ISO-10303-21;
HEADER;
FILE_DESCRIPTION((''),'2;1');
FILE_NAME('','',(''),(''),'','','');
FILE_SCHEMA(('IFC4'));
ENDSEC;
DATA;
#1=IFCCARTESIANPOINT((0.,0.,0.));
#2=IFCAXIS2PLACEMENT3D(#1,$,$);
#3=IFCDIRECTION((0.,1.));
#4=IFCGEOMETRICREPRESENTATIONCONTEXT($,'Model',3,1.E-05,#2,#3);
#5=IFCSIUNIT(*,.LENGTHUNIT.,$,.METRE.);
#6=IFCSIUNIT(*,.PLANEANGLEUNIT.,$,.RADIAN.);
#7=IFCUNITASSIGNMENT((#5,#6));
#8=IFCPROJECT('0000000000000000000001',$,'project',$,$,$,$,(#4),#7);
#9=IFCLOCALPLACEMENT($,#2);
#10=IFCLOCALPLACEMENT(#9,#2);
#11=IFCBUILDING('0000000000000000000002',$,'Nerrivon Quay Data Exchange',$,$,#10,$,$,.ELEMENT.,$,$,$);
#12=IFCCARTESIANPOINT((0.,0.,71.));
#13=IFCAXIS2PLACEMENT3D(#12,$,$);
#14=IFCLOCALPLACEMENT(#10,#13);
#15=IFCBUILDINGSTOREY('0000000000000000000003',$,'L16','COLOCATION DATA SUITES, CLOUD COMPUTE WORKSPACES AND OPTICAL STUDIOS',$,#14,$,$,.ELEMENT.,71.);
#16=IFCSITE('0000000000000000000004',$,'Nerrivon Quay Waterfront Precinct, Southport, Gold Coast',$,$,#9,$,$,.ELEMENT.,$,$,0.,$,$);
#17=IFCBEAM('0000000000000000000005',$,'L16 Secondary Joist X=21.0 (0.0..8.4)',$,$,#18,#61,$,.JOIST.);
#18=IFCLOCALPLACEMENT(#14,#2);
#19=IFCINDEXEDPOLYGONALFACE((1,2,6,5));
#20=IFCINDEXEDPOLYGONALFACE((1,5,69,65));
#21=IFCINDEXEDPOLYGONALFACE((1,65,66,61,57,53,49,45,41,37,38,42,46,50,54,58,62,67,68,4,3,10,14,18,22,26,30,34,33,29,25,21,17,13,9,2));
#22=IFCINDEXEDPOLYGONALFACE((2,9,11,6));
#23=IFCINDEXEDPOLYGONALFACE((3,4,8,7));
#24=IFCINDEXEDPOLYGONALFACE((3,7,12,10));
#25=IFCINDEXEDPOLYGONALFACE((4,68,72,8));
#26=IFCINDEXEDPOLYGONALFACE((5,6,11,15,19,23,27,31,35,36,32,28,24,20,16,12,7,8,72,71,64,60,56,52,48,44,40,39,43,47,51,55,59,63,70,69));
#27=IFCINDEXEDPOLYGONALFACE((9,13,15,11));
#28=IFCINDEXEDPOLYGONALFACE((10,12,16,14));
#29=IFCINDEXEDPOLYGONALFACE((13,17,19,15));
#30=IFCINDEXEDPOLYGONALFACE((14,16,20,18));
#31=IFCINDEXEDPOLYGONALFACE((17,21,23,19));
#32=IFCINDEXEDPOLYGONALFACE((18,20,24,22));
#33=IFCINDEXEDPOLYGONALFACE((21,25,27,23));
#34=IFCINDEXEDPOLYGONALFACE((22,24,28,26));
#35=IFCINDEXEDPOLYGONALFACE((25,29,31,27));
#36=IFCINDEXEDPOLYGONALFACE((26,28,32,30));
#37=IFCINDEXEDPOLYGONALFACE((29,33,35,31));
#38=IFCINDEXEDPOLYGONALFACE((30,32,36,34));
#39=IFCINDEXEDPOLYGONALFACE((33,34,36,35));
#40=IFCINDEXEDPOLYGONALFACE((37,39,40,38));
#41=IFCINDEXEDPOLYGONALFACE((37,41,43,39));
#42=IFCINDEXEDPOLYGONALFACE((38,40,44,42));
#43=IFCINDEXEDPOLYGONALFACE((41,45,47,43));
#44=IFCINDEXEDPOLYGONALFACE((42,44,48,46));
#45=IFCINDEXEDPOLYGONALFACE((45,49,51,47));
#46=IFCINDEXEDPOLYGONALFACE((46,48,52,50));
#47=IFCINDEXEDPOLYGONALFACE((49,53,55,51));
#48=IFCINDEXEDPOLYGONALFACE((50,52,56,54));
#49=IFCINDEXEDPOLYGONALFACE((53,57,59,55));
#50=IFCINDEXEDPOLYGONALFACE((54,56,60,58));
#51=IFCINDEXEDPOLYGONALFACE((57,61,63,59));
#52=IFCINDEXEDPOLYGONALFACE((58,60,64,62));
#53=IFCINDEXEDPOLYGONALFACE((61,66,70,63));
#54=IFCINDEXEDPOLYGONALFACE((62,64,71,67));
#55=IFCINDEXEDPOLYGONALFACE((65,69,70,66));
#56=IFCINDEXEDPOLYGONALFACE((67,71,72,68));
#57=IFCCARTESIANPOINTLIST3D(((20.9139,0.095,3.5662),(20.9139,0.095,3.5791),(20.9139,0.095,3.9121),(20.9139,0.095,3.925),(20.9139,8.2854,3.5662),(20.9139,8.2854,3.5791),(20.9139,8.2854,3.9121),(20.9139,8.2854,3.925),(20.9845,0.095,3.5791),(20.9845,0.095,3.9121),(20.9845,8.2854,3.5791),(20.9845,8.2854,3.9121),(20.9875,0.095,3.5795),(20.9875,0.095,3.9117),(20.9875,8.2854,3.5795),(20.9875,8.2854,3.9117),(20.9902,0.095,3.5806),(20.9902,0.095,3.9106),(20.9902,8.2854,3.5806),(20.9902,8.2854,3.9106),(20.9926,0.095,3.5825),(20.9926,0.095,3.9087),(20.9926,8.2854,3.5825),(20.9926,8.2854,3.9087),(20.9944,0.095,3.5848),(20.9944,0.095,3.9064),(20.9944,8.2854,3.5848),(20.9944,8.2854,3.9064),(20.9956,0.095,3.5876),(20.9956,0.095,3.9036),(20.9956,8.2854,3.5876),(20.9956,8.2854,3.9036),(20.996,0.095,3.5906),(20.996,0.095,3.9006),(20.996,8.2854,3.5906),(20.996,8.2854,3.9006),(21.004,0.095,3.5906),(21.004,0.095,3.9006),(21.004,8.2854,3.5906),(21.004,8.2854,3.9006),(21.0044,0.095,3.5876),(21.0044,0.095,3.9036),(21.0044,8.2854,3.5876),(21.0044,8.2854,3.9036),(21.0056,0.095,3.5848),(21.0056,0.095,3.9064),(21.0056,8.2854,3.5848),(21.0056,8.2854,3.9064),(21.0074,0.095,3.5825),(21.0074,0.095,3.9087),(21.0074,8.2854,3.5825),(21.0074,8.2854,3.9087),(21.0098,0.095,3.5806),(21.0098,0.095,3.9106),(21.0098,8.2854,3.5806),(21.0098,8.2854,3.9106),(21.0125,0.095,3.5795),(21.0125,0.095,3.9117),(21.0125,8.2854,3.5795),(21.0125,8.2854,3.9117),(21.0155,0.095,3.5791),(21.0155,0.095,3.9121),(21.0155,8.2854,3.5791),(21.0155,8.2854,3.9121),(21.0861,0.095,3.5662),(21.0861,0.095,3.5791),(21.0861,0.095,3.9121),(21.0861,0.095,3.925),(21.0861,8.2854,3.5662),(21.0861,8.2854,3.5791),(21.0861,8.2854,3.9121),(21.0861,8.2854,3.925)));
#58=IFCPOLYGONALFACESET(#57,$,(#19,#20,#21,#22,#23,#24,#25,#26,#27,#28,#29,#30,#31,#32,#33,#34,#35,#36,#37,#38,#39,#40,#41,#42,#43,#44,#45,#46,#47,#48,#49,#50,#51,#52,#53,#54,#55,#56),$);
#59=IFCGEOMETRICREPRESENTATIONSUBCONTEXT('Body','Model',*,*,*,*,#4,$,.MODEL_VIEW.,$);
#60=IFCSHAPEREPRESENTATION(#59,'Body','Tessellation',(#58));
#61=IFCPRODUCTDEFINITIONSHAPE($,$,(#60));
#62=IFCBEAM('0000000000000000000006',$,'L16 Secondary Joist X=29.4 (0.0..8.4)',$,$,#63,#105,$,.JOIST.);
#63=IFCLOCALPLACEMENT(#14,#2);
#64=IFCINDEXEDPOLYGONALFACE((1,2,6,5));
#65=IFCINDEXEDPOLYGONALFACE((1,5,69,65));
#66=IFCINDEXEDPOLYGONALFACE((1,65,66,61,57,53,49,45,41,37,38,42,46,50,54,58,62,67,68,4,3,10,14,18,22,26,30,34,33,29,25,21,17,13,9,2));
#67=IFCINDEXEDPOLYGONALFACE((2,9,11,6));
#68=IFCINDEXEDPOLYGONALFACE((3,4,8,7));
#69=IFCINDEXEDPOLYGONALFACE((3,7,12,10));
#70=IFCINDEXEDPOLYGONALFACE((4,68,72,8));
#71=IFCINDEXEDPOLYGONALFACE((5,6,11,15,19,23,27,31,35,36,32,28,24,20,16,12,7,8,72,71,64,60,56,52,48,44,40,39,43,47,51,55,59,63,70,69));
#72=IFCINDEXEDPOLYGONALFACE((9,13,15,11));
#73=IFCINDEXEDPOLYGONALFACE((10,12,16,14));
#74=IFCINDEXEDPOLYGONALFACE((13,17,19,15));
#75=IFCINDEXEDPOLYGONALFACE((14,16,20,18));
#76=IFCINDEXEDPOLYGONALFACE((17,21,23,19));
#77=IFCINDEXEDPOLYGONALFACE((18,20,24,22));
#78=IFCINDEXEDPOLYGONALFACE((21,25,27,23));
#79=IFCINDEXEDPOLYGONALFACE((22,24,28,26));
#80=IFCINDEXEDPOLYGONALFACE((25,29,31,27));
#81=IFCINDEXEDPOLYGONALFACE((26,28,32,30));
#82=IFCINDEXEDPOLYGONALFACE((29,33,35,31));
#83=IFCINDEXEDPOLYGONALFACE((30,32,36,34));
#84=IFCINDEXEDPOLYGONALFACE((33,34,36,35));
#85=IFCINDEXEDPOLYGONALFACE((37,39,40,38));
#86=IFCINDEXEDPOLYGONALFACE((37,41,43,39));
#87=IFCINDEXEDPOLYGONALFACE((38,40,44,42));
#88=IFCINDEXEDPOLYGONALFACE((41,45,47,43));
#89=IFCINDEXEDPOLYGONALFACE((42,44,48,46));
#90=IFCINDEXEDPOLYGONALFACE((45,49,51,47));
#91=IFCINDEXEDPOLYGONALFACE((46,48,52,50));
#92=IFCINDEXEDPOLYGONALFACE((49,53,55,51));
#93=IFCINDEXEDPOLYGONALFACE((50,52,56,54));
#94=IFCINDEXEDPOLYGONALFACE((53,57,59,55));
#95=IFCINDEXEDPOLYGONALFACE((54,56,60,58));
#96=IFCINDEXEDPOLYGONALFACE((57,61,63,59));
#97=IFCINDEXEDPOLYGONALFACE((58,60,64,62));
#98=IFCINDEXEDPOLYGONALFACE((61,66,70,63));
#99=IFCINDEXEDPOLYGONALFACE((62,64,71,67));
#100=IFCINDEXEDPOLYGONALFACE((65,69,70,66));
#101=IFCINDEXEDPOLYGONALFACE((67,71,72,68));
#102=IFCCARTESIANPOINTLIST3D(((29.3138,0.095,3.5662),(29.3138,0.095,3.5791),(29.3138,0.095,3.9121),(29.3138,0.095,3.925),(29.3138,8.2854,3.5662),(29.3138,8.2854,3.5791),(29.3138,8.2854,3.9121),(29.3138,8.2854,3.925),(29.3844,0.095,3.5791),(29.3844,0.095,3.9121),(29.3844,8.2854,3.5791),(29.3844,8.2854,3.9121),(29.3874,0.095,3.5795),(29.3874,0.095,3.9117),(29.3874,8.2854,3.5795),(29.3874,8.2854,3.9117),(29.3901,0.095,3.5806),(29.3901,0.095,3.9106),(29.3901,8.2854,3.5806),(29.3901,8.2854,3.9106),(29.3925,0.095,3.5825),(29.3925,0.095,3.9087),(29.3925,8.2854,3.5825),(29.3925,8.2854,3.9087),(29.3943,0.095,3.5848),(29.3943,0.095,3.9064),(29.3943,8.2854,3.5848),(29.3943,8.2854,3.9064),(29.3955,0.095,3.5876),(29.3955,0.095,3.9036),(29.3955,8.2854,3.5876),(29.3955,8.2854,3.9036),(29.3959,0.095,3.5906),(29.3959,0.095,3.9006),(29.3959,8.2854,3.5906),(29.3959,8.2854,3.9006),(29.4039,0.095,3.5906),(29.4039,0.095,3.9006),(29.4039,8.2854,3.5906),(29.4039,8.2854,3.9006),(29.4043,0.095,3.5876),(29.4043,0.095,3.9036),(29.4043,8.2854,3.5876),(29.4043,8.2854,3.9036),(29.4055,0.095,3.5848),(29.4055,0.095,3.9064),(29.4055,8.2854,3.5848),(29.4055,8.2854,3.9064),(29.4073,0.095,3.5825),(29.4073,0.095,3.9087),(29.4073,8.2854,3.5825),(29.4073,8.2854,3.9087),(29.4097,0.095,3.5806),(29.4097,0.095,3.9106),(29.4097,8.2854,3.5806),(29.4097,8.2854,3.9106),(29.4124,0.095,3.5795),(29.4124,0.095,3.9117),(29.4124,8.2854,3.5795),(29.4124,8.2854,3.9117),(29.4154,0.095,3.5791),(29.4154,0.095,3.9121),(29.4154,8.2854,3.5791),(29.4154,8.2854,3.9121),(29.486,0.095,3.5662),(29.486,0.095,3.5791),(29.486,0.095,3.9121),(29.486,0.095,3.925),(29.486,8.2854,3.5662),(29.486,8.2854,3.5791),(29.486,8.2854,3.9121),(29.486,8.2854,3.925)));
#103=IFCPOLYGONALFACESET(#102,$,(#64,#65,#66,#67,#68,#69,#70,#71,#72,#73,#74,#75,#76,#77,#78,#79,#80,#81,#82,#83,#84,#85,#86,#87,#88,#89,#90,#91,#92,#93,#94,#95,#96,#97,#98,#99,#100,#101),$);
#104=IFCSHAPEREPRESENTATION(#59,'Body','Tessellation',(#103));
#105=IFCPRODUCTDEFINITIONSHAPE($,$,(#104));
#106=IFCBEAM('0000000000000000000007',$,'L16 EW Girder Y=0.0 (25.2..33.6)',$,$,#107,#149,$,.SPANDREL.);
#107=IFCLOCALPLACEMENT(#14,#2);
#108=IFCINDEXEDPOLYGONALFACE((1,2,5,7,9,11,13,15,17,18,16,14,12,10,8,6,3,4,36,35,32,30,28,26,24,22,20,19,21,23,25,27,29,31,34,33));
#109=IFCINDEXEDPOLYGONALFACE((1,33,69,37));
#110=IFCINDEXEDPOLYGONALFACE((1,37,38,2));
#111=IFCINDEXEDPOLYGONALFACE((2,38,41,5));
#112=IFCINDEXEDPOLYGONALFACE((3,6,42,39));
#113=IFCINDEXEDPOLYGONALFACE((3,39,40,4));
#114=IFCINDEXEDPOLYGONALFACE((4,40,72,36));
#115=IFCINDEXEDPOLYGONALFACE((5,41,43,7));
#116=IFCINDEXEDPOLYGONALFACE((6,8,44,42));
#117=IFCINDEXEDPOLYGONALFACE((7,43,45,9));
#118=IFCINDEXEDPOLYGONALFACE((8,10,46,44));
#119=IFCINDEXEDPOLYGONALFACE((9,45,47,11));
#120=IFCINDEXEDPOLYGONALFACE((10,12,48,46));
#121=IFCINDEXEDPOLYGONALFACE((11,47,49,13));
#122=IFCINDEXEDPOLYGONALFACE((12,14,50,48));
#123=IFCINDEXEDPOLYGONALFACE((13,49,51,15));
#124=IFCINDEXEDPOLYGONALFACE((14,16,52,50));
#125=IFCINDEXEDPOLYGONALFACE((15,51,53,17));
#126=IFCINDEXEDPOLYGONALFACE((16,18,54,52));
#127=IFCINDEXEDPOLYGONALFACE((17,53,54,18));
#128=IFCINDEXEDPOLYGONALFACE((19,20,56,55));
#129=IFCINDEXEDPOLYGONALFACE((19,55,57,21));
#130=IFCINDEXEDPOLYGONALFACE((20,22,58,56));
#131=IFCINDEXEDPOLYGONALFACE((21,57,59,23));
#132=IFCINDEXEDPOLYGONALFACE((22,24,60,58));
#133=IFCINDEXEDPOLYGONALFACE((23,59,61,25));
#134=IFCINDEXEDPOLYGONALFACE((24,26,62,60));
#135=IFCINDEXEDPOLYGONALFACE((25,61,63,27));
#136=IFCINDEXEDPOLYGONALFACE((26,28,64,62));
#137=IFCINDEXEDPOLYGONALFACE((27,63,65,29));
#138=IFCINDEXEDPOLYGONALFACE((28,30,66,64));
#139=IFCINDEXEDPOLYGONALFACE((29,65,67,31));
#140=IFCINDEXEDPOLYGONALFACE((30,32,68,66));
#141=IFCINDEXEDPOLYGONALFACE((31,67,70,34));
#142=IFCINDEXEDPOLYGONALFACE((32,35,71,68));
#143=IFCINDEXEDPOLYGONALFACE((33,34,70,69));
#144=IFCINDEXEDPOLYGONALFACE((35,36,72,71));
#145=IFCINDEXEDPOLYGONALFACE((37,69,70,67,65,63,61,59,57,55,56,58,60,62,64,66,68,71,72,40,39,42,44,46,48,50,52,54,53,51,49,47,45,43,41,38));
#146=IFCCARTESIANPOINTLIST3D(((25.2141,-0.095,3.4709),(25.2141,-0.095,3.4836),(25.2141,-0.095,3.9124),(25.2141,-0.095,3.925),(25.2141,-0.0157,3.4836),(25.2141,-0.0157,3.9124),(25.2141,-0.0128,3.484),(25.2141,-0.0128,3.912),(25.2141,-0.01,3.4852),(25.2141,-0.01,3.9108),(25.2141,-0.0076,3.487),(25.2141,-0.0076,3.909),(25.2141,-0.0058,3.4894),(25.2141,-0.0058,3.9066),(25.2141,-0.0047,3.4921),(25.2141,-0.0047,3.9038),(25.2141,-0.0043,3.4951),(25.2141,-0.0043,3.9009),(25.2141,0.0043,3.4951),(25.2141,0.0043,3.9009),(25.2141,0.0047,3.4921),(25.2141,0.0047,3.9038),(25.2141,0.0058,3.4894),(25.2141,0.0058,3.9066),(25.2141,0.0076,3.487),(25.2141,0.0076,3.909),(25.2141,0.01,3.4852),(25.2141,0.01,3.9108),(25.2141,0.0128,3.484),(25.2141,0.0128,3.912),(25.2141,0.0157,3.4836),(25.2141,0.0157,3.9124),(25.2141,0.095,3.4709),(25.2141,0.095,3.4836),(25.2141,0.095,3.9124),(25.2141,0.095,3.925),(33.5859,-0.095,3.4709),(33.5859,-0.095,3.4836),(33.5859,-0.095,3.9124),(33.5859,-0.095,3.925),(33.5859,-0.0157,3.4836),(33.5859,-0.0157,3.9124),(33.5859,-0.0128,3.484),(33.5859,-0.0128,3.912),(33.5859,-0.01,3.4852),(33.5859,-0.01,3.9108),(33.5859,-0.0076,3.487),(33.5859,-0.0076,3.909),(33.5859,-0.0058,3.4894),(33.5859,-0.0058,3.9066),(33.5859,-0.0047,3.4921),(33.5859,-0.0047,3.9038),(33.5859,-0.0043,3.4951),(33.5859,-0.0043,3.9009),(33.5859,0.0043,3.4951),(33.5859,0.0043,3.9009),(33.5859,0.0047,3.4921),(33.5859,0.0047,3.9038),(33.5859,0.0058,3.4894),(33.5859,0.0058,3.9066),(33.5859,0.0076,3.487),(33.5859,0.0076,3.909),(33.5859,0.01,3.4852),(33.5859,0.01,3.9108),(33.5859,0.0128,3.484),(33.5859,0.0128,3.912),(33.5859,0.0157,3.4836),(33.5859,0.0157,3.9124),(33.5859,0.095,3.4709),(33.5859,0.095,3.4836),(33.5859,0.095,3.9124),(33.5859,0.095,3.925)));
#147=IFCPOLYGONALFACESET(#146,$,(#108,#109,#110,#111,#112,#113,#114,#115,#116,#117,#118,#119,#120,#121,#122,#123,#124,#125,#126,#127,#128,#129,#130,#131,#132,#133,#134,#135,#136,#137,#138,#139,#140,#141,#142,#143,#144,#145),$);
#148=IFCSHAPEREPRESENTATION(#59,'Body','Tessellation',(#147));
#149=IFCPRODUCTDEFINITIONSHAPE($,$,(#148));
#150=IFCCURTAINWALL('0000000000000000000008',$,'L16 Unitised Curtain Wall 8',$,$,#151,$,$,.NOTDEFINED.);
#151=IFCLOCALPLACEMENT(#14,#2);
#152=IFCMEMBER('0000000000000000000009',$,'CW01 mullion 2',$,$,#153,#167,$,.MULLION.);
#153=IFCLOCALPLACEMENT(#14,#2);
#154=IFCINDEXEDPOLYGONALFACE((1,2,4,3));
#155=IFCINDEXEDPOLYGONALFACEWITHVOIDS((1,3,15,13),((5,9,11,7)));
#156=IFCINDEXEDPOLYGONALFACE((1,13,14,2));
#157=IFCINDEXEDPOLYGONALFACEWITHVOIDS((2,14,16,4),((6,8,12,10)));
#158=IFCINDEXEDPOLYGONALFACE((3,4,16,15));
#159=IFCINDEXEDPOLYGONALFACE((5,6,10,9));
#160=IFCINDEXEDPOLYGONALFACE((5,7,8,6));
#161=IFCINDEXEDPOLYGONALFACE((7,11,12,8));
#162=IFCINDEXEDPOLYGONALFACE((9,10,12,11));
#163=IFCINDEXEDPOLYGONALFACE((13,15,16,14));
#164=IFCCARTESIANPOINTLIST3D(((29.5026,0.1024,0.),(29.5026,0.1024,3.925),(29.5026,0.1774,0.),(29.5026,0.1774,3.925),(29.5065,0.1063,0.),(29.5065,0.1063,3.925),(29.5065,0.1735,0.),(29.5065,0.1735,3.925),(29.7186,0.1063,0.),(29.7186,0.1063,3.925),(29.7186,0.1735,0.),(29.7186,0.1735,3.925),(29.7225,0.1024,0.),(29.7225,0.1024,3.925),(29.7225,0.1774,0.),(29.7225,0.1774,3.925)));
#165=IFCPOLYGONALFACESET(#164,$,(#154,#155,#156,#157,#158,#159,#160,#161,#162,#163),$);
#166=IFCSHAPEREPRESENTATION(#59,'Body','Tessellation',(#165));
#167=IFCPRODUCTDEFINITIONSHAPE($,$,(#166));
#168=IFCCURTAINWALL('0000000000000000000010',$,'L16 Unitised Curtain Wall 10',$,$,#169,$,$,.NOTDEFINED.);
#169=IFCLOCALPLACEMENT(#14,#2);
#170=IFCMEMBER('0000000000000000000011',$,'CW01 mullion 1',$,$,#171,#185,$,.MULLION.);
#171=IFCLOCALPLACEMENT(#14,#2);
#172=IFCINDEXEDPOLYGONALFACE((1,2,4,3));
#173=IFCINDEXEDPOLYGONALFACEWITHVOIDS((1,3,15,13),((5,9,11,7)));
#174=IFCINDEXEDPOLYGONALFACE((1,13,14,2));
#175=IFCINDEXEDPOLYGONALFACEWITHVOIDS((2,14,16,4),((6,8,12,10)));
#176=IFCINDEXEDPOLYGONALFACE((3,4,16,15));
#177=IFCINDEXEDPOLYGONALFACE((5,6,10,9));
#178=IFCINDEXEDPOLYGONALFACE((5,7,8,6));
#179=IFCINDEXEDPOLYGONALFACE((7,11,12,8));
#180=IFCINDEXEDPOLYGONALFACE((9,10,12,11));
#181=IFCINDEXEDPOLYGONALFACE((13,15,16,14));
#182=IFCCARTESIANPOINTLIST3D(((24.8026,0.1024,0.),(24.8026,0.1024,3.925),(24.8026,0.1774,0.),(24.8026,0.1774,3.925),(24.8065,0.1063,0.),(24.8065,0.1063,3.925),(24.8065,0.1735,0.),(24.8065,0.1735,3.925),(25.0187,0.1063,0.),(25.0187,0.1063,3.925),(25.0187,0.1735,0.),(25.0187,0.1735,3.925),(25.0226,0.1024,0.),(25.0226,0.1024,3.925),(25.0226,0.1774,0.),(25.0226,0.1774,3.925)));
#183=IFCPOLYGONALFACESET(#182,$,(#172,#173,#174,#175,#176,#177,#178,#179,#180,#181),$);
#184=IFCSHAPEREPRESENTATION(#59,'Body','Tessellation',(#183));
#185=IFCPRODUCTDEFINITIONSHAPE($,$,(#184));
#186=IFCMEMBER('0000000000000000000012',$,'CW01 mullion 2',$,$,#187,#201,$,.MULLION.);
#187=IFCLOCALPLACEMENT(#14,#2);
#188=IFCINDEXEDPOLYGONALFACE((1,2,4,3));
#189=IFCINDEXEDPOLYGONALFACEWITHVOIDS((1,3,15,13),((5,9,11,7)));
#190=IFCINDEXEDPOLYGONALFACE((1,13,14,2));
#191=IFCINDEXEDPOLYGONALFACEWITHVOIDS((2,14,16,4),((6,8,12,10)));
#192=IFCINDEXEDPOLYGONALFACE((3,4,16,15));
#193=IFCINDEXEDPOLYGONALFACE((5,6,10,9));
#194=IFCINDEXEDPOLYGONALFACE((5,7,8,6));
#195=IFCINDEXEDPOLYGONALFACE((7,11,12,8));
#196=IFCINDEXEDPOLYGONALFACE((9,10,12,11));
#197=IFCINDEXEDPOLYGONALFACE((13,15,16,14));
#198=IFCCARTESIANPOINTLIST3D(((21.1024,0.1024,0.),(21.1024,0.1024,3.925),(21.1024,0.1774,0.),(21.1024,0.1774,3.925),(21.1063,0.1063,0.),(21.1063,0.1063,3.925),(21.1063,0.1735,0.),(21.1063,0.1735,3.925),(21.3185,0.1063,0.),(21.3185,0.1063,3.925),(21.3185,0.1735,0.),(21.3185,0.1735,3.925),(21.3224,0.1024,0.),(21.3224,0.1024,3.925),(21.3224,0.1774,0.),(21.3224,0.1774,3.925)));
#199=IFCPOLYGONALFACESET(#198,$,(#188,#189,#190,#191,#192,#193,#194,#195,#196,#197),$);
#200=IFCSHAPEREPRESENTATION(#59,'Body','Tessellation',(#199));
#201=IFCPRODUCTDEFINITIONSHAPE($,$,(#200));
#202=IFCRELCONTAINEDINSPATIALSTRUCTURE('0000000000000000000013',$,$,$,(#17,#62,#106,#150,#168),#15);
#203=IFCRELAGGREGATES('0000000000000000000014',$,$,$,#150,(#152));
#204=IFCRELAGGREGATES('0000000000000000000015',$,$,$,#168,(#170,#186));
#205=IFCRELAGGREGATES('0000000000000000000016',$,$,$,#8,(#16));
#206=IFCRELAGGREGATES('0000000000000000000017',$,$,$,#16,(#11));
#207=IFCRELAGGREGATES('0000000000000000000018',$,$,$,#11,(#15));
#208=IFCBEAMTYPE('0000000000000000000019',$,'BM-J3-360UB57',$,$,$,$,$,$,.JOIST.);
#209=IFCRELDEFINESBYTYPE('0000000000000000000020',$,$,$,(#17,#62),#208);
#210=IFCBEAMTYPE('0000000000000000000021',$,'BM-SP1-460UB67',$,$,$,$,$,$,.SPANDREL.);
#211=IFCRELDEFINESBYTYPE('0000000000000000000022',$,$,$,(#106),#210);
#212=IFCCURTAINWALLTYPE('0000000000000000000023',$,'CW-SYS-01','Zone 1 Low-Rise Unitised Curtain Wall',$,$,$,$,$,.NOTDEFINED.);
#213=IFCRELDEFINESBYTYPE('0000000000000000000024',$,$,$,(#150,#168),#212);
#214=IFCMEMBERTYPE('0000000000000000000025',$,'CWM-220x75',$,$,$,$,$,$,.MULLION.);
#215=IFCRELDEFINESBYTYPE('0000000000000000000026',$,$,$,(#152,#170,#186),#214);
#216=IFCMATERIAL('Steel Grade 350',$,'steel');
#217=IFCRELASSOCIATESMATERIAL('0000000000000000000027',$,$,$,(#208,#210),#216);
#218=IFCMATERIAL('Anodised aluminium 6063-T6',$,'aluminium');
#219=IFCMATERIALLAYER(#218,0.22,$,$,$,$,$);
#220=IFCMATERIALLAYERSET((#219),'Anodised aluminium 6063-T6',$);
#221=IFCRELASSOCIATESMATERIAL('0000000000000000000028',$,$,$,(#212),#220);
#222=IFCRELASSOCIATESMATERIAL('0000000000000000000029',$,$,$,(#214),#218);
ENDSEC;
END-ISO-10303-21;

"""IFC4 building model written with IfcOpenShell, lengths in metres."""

from ifc_helpers import new_model, si_unit, direction, frame, origin, origin_2d, place, context, subcontext, project, spatial, hollow_rectangle, i_section, extrude, material, layer, layer_set, material_profile, profile_set, type_object, element, aggregate, save


model = new_model("IFC4")

# Units and contexts
model_context = context("Model", 3, precision=1e-05, world=origin(), true_north=direction((0.0, 1.0)))
body_context = subcontext(model_context, "Body", "Model", "MODEL_VIEW")
ifc_project = project(units=[si_unit("LENGTHUNIT", "METRE"), si_unit("PLANEANGLEUNIT", "RADIAN")], contexts=[model_context])

# Site, building, storey
site_placement = place(None, origin())
site = spatial("IfcSite", under=ifc_project, at=site_placement, Name="Nerrivon Quay Waterfront Precinct, Southport, Gold Coast", CompositionType="ELEMENT", RefElevation=0.0)
building_placement = place(site_placement, origin())
building = spatial("IfcBuilding", under=site, at=building_placement, Name="Nerrivon Quay Data Exchange", CompositionType="ELEMENT")
storey_placement = place(building_placement, frame((0.0, 0.0, 71.0)))
storey = spatial("IfcBuildingStorey", under=building, at=storey_placement, Name="L16", Description="COLOCATION DATA SUITES, CLOUD COMPUTE WORKSPACES AND OPTICAL STUDIOS", CompositionType="ELEMENT", Elevation=71.0)

# Shared definitions
ifc_material_1 = material(Name="Steel Grade 350", Category="steel")

# Beams
ifc_material_profile_1 = material_profile(ifc_material_1, i_section(OverallWidth=0.1721, OverallDepth=0.3589, WebThickness=0.0081, FlangeThickness=0.0129, FilletRadius=0.0115, at=origin_2d()), Name="360UB56.7")
ifc_profile_set_1 = profile_set([ifc_material_profile_1], Name="Steel Grade 350")
beam_type_1 = type_object("IfcBeamType", Name="BM-J3-360UB57", PredefinedType="JOIST", material=ifc_profile_set_1)
for number, where, z_axis, x_axis, name in (
    (1, (21.0, 0.095, 3.7456), (0.0, 1.0, 0.0), (-1.0, 0.0, 0.0), "L16 Secondary Joist X=21.0 (0.0..8.4)"),
    (2, (29.3999, 0.095, 3.7456), (0.0, 1.0, 0.0), (-1.0, 0.0, 0.0), "L16 Secondary Joist X=29.4 (0.0..8.4)"),
):
    element("IfcBeam", number, at=place(storey_placement, frame(where, z_axis=z_axis, x_axis=x_axis)), inside=storey, type_object=beam_type_1, Name=name, PredefinedType="JOIST", context=body_context, shape_type="SweptSolid", body=[
        extrude(i_section(OverallWidth=0.1721, OverallDepth=0.3589, WebThickness=0.0081, FlangeThickness=0.0129, FilletRadius=0.0115, at=origin_2d()), origin(), (0.0, 0.0, 1.0), 8.1904),
    ])
ifc_material_profile_2 = material_profile(ifc_material_1, i_section(OverallWidth=0.1899, OverallDepth=0.4541, WebThickness=0.0085, FlangeThickness=0.0127, FilletRadius=0.0115, at=origin_2d()), Name="460UB67.1")
ifc_profile_set_2 = profile_set([ifc_material_profile_2], Name="Steel Grade 350")
beam_type_2 = type_object("IfcBeamType", Name="BM-SP1-460UB67", PredefinedType="SPANDREL", material=ifc_profile_set_2)
beam_1_placement = place(storey_placement, frame((25.2141, 0.0, 3.698), z_axis=(1.0, 0.0, 0.0), x_axis=(0.0, 1.0, 0.0)))
element("IfcBeam", 3, at=beam_1_placement, inside=storey, type_object=beam_type_2, Name="L16 EW Girder Y=0.0 (25.2..33.6)", PredefinedType="SPANDREL", context=body_context, shape_type="SweptSolid", body=[
    extrude(i_section(OverallWidth=0.1899, OverallDepth=0.4541, WebThickness=0.0085, FlangeThickness=0.0127, FilletRadius=0.0115, at=origin_2d()), origin(), (0.0, 0.0, 1.0), 8.3718),
])

# Curtain wall, member
ifc_material_2 = material(Name="Anodised aluminium 6063-T6", Category="aluminium")
ifc_layer_1 = layer(ifc_material_2, 0.22)
ifc_layer_set_1 = layer_set([ifc_layer_1], Name="Anodised aluminium 6063-T6")
curtain_wall_type = type_object("IfcCurtainWallType", Name="CW-SYS-01", Description="Zone 1 Low-Rise Unitised Curtain Wall", PredefinedType="NOTDEFINED", material=ifc_layer_set_1)
curtain_wall_1_placement = place(storey_placement, origin())
curtain_wall_1 = element("IfcCurtainWall", 4, at=curtain_wall_1_placement, inside=storey, type_object=curtain_wall_type, Name="L16 Unitised Curtain Wall 8", PredefinedType="NOTDEFINED")
ifc_material_profile_3 = material_profile(ifc_material_2, hollow_rectangle(XDim=0.075, YDim=0.22, WallThickness=0.0039, at=origin_2d()), Name="ALU-MULL-220x75")
ifc_profile_set_3 = profile_set([ifc_material_profile_3], Name="Anodised aluminium 6063-T6")
member_type_1 = type_object("IfcMemberType", Name="CWM-220x75", PredefinedType="MULLION", material=ifc_profile_set_3)
member_1_placement = place(storey_placement, frame((29.6125, 0.1399, 0.0), z_axis=(0.0, 0.0, 1.0), x_axis=(0.0, -1.0, 0.0)))
member_1 = element("IfcMember", 5, at=member_1_placement, type_object=member_type_1, Name="CW01 mullion 2", PredefinedType="MULLION", context=body_context, shape_type="SweptSolid", body=[
    extrude(hollow_rectangle(XDim=0.075, YDim=0.22, WallThickness=0.0039, at=origin_2d()), origin(), (0.0, 0.0, 1.0), 3.925),
])

# Curtain wall, members
curtain_wall_2_placement = place(storey_placement, origin())
curtain_wall_2 = element("IfcCurtainWall", 6, at=curtain_wall_2_placement, inside=storey, type_object=curtain_wall_type, Name="L16 Unitised Curtain Wall 10", PredefinedType="NOTDEFINED")
member_2_placement = place(storey_placement, frame((24.9126, 0.1399, 0.0), z_axis=(0.0, 0.0, 1.0), x_axis=(0.0, -1.0, 0.0)))
member_2 = element("IfcMember", 7, at=member_2_placement, type_object=member_type_1, Name="CW01 mullion 1", PredefinedType="MULLION", context=body_context, shape_type="SweptSolid", body=[
    extrude(hollow_rectangle(XDim=0.075, YDim=0.22, WallThickness=0.0039, at=origin_2d()), origin(), (0.0, 0.0, 1.0), 3.925),
])
member_3_placement = place(storey_placement, frame((21.2124, 0.1399, 0.0), z_axis=(0.0, 0.0, 1.0), x_axis=(0.0, -1.0, 0.0)))
member_3 = element("IfcMember", 8, at=member_3_placement, type_object=member_type_1, Name="CW01 mullion 2", PredefinedType="MULLION", context=body_context, shape_type="SweptSolid", body=[
    extrude(hollow_rectangle(XDim=0.075, YDim=0.22, WallThickness=0.0039, at=origin_2d()), origin(), (0.0, 0.0, 1.0), 3.925),
])

aggregate(curtain_wall_1, [member_1])
aggregate(curtain_wall_2, [member_2, member_3])

save(model, "model.ifc")
